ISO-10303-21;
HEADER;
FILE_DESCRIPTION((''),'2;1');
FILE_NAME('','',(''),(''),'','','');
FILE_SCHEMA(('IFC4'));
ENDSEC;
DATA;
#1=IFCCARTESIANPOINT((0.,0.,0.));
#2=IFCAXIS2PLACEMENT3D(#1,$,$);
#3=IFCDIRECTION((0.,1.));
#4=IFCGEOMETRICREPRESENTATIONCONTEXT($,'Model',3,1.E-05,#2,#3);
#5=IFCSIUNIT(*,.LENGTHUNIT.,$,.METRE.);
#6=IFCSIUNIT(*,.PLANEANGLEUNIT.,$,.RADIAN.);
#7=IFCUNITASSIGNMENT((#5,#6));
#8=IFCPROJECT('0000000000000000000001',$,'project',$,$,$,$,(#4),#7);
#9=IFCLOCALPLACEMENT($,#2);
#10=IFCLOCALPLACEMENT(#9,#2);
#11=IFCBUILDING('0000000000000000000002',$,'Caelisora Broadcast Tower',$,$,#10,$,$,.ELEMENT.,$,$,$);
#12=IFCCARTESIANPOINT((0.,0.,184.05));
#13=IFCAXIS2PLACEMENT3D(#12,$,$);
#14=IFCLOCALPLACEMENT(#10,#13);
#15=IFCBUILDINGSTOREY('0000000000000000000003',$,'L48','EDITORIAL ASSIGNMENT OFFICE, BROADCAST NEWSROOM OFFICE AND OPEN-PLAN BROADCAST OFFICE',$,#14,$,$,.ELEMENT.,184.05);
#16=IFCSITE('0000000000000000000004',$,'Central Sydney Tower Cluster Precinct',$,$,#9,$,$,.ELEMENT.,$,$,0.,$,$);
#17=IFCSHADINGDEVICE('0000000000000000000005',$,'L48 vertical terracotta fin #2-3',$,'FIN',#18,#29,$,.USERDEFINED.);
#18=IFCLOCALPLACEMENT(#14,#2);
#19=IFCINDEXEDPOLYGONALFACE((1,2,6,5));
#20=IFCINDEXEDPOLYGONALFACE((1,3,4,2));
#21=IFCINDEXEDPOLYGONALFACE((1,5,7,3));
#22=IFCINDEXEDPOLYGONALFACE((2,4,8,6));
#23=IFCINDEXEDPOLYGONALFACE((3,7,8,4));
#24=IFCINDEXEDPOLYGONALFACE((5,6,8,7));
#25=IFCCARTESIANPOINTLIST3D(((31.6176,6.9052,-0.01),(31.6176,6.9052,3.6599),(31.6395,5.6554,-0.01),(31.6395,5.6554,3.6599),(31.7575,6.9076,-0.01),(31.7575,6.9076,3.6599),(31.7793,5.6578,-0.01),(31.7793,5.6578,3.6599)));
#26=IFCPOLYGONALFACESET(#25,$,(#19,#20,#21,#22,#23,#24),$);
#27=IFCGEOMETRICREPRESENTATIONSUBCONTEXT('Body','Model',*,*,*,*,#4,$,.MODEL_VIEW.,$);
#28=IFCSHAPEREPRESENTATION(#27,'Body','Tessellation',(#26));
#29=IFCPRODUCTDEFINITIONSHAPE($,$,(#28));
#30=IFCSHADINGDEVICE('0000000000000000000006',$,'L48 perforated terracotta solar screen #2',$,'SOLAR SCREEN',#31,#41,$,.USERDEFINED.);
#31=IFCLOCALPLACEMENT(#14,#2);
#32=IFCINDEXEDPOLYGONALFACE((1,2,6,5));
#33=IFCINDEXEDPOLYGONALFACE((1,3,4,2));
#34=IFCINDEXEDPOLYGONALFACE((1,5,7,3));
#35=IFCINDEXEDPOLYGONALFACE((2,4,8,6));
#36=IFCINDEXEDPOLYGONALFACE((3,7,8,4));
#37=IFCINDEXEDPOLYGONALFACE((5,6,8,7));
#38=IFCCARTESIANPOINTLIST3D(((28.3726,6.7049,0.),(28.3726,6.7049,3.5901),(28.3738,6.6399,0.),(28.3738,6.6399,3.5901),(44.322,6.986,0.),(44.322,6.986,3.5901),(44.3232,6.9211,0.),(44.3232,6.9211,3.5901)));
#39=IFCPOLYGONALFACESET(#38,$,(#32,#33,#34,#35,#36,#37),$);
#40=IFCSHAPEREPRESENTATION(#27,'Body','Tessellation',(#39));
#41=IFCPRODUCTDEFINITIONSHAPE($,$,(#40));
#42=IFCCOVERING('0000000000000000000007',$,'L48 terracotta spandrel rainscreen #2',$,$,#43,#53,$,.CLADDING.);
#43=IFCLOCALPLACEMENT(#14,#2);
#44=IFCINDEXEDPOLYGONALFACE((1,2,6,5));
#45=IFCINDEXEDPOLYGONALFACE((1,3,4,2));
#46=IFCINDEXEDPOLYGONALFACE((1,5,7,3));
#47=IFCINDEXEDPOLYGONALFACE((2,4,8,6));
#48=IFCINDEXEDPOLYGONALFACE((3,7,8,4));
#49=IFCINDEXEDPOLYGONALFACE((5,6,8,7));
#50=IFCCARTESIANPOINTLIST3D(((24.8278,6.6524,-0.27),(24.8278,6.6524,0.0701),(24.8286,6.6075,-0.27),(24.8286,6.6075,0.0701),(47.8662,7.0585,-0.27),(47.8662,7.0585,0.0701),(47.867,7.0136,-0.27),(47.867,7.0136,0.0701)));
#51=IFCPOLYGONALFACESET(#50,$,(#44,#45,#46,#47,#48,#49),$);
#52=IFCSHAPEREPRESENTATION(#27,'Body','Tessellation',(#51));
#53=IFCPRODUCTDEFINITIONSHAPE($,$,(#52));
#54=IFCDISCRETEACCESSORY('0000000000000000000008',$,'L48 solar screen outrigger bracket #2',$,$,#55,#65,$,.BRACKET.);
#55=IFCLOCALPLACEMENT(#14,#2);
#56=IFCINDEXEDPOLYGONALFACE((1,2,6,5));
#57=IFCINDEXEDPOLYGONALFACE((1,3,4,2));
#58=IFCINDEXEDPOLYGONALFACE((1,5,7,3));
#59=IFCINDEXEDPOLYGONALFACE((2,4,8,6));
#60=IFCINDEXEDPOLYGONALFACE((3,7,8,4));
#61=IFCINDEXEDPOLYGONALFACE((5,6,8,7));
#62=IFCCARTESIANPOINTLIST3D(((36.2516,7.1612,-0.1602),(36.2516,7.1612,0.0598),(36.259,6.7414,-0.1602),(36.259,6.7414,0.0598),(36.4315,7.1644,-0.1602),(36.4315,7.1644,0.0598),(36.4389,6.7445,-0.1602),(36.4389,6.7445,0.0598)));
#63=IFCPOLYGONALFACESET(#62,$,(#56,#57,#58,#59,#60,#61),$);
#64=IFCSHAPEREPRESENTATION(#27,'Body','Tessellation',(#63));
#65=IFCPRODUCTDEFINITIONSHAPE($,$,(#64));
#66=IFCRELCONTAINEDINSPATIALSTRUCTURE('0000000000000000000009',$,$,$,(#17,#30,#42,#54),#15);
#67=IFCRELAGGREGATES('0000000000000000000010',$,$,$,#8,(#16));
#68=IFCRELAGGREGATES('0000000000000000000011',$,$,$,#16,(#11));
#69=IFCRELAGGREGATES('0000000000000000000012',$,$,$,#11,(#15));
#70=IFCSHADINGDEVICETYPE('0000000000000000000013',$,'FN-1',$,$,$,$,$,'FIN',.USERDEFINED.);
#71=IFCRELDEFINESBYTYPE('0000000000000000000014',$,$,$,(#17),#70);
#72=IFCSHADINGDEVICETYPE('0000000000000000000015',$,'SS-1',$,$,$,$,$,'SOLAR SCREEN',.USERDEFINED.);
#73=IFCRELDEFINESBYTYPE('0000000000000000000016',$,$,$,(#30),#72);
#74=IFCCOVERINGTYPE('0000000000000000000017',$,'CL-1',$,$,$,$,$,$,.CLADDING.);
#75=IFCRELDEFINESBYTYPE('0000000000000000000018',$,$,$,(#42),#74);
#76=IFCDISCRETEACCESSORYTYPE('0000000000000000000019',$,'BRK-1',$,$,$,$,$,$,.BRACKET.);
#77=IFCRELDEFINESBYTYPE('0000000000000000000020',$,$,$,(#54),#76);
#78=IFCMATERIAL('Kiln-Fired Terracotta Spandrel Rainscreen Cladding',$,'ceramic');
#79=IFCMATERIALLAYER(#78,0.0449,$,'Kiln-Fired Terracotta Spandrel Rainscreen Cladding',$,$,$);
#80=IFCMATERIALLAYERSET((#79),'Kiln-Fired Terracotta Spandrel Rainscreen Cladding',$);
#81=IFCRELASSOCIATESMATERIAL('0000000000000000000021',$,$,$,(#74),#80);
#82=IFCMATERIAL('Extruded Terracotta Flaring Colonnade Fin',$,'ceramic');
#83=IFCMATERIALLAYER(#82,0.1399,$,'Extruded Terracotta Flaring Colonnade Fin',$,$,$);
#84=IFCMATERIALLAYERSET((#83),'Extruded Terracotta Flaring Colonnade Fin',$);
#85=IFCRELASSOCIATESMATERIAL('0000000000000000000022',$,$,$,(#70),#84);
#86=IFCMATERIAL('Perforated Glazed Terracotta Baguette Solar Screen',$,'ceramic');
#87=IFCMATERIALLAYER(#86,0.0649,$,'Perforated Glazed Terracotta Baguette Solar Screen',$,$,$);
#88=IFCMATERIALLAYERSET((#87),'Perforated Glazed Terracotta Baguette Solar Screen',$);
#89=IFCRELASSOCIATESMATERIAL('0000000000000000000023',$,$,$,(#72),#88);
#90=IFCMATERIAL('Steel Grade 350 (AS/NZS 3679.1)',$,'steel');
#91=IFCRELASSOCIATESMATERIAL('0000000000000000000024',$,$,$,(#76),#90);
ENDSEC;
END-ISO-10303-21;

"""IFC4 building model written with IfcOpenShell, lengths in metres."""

from ifc_helpers import new_model, si_unit, direction, frame, origin, origin_2d, place, context, subcontext, project, spatial, rectangle, extrude, source, transform, mapped, material, layer, layer_set, type_object, type_shapes, element, save


model = new_model("IFC4")

# Units and contexts
model_context = context("Model", 3, precision=1e-05, world=origin(), true_north=direction((0.0, 1.0)))
body_context = subcontext(model_context, "Body", "Model", "MODEL_VIEW")
ifc_project = project(units=[si_unit("LENGTHUNIT", "METRE"), si_unit("PLANEANGLEUNIT", "RADIAN")], contexts=[model_context])

# Site, building, storey
site_placement = place(None, origin())
site = spatial("IfcSite", under=ifc_project, at=site_placement, Name="Central Sydney Tower Cluster Precinct", CompositionType="ELEMENT", RefElevation=0.0)
building_placement = place(site_placement, origin())
building = spatial("IfcBuilding", under=site, at=building_placement, Name="Caelisora Broadcast Tower", CompositionType="ELEMENT")
storey_placement = place(building_placement, frame((0.0, 0.0, 184.05)))
storey = spatial("IfcBuildingStorey", under=building, at=storey_placement, Name="L48", Description="EDITORIAL ASSIGNMENT OFFICE, BROADCAST NEWSROOM OFFICE AND OPEN-PLAN BROADCAST OFFICE", CompositionType="ELEMENT", Elevation=184.05)

# Shared definitions
ifc_material_1 = material(Name="Steel Grade 350 (AS/NZS 3679.1)", Category="steel")

# Shared definitions
ifc_material_2 = material(Name="Kiln-Fired Terracotta Spandrel Rainscreen Cladding", Category="ceramic")
ifc_layer_1 = layer(ifc_material_2, 0.0449, Name="Kiln-Fired Terracotta Spandrel Rainscreen Cladding")
ifc_layer_set_1 = layer_set([ifc_layer_1], Name="Kiln-Fired Terracotta Spandrel Rainscreen Cladding")
covering_type = type_object("IfcCoveringType", Name="CL-1", PredefinedType="CLADDING", material=ifc_layer_set_1)

# Shading devices
ifc_material_3 = material(Name="Extruded Terracotta Flaring Colonnade Fin", Category="ceramic")
ifc_layer_2 = layer(ifc_material_3, 0.1399, Name="Extruded Terracotta Flaring Colonnade Fin")
ifc_layer_set_2 = layer_set([ifc_layer_2], Name="Extruded Terracotta Flaring Colonnade Fin")
shading_device_type_1 = type_object("IfcShadingDeviceType", Name="FN-1", ElementType="FIN", PredefinedType="USERDEFINED", material=ifc_layer_set_2)
shared_shape_1 = source(origin(), body_context, "Body", "SweptSolid", [
    extrude(rectangle(XDim=0.1399, YDim=1.25, at=origin_2d()), origin(), (0.0, 0.0, 1.0), 3.6699),
])
type_shapes(shading_device_type_1, [shared_shape_1])
shading_device_1_placement = place(storey_placement, frame((31.6985, 6.2815, -0.01), z_axis=(0.0, 0.0, 1.0), x_axis=(-0.999848, -0.017452, 0.0)))
element("IfcShadingDevice", 1, at=shading_device_1_placement, inside=storey, type_object=shading_device_type_1, Name="L48 vertical terracotta fin #2-3", ObjectType="FIN", PredefinedType="USERDEFINED", context=body_context, shape_type="MappedRepresentation", body=[
    mapped(shared_shape_1, transform((0.0, 0.0, 0.0), scale=1.0)),
])
ifc_material_4 = material(Name="Perforated Glazed Terracotta Baguette Solar Screen", Category="ceramic")
ifc_layer_3 = layer(ifc_material_4, 0.0649, Name="Perforated Glazed Terracotta Baguette Solar Screen")
ifc_layer_set_3 = layer_set([ifc_layer_3], Name="Perforated Glazed Terracotta Baguette Solar Screen")
shading_device_type_2 = type_object("IfcShadingDeviceType", Name="SS-1", ElementType="SOLAR SCREEN", PredefinedType="USERDEFINED", material=ifc_layer_set_3)
shared_shape_2 = source(origin(), body_context, "Body", "SweptSolid", [
    extrude(rectangle(XDim=15.9519, YDim=0.0649, at=origin_2d()), origin(), (0.0, 0.0, 1.0), 3.5901),
])
type_shapes(shading_device_type_2, [shared_shape_2])
shading_device_2_placement = place(storey_placement, frame((36.3479, 6.813, 0.0), z_axis=(0.0, 0.0, 1.0), x_axis=(0.999845, 0.017627, 0.0)))
element("IfcShadingDevice", 2, at=shading_device_2_placement, inside=storey, type_object=shading_device_type_2, Name="L48 perforated terracotta solar screen #2", ObjectType="SOLAR SCREEN", PredefinedType="USERDEFINED", context=body_context, shape_type="MappedRepresentation", body=[
    mapped(shared_shape_2, transform((0.0, 0.0, 0.0), scale=1.0)),
])

# Covering
shared_shape_3 = source(origin(), body_context, "Body", "SweptSolid", [
    extrude(rectangle(XDim=23.042, YDim=0.0449, at=origin_2d()), origin(), (0.0, 0.0, 1.0), 0.3401),
])
covering_1_placement = place(storey_placement, frame((36.3474, 6.833, -0.27), z_axis=(0.0, 0.0, 1.0), x_axis=(0.999845, 0.017627, 0.0)))
element("IfcCovering", 3, at=covering_1_placement, inside=storey, type_object=covering_type, Name="L48 terracotta spandrel rainscreen #2", PredefinedType="CLADDING", context=body_context, shape_type="MappedRepresentation", body=[
    mapped(shared_shape_3, transform((0.0, 0.0, 0.0), scale=1.0)),
])

# Discrete accessory
discrete_accessory_type = type_object("IfcDiscreteAccessoryType", Name="BRK-1", PredefinedType="BRACKET", material=ifc_material_1)
shared_shape_4 = source(origin(), body_context, "Body", "SweptSolid", [
    extrude(rectangle(XDim=0.1799, YDim=0.4199, at=origin_2d()), origin(), (0.0, 0.0, 1.0), 0.22),
])
type_shapes(discrete_accessory_type, [shared_shape_4])
discrete_accessory_placement = place(storey_placement, frame((36.3452, 6.9529, -0.1602), z_axis=(0.0, 0.0, 1.0), x_axis=(0.999845, 0.017627, 0.0)))
element("IfcDiscreteAccessory", 4, at=discrete_accessory_placement, inside=storey, type_object=discrete_accessory_type, Name="L48 solar screen outrigger bracket #2", PredefinedType="BRACKET", context=body_context, shape_type="MappedRepresentation", body=[
    mapped(shared_shape_4, transform((0.0, 0.0, 0.0), scale=1.0)),
])

save(model, "model.ifc")
